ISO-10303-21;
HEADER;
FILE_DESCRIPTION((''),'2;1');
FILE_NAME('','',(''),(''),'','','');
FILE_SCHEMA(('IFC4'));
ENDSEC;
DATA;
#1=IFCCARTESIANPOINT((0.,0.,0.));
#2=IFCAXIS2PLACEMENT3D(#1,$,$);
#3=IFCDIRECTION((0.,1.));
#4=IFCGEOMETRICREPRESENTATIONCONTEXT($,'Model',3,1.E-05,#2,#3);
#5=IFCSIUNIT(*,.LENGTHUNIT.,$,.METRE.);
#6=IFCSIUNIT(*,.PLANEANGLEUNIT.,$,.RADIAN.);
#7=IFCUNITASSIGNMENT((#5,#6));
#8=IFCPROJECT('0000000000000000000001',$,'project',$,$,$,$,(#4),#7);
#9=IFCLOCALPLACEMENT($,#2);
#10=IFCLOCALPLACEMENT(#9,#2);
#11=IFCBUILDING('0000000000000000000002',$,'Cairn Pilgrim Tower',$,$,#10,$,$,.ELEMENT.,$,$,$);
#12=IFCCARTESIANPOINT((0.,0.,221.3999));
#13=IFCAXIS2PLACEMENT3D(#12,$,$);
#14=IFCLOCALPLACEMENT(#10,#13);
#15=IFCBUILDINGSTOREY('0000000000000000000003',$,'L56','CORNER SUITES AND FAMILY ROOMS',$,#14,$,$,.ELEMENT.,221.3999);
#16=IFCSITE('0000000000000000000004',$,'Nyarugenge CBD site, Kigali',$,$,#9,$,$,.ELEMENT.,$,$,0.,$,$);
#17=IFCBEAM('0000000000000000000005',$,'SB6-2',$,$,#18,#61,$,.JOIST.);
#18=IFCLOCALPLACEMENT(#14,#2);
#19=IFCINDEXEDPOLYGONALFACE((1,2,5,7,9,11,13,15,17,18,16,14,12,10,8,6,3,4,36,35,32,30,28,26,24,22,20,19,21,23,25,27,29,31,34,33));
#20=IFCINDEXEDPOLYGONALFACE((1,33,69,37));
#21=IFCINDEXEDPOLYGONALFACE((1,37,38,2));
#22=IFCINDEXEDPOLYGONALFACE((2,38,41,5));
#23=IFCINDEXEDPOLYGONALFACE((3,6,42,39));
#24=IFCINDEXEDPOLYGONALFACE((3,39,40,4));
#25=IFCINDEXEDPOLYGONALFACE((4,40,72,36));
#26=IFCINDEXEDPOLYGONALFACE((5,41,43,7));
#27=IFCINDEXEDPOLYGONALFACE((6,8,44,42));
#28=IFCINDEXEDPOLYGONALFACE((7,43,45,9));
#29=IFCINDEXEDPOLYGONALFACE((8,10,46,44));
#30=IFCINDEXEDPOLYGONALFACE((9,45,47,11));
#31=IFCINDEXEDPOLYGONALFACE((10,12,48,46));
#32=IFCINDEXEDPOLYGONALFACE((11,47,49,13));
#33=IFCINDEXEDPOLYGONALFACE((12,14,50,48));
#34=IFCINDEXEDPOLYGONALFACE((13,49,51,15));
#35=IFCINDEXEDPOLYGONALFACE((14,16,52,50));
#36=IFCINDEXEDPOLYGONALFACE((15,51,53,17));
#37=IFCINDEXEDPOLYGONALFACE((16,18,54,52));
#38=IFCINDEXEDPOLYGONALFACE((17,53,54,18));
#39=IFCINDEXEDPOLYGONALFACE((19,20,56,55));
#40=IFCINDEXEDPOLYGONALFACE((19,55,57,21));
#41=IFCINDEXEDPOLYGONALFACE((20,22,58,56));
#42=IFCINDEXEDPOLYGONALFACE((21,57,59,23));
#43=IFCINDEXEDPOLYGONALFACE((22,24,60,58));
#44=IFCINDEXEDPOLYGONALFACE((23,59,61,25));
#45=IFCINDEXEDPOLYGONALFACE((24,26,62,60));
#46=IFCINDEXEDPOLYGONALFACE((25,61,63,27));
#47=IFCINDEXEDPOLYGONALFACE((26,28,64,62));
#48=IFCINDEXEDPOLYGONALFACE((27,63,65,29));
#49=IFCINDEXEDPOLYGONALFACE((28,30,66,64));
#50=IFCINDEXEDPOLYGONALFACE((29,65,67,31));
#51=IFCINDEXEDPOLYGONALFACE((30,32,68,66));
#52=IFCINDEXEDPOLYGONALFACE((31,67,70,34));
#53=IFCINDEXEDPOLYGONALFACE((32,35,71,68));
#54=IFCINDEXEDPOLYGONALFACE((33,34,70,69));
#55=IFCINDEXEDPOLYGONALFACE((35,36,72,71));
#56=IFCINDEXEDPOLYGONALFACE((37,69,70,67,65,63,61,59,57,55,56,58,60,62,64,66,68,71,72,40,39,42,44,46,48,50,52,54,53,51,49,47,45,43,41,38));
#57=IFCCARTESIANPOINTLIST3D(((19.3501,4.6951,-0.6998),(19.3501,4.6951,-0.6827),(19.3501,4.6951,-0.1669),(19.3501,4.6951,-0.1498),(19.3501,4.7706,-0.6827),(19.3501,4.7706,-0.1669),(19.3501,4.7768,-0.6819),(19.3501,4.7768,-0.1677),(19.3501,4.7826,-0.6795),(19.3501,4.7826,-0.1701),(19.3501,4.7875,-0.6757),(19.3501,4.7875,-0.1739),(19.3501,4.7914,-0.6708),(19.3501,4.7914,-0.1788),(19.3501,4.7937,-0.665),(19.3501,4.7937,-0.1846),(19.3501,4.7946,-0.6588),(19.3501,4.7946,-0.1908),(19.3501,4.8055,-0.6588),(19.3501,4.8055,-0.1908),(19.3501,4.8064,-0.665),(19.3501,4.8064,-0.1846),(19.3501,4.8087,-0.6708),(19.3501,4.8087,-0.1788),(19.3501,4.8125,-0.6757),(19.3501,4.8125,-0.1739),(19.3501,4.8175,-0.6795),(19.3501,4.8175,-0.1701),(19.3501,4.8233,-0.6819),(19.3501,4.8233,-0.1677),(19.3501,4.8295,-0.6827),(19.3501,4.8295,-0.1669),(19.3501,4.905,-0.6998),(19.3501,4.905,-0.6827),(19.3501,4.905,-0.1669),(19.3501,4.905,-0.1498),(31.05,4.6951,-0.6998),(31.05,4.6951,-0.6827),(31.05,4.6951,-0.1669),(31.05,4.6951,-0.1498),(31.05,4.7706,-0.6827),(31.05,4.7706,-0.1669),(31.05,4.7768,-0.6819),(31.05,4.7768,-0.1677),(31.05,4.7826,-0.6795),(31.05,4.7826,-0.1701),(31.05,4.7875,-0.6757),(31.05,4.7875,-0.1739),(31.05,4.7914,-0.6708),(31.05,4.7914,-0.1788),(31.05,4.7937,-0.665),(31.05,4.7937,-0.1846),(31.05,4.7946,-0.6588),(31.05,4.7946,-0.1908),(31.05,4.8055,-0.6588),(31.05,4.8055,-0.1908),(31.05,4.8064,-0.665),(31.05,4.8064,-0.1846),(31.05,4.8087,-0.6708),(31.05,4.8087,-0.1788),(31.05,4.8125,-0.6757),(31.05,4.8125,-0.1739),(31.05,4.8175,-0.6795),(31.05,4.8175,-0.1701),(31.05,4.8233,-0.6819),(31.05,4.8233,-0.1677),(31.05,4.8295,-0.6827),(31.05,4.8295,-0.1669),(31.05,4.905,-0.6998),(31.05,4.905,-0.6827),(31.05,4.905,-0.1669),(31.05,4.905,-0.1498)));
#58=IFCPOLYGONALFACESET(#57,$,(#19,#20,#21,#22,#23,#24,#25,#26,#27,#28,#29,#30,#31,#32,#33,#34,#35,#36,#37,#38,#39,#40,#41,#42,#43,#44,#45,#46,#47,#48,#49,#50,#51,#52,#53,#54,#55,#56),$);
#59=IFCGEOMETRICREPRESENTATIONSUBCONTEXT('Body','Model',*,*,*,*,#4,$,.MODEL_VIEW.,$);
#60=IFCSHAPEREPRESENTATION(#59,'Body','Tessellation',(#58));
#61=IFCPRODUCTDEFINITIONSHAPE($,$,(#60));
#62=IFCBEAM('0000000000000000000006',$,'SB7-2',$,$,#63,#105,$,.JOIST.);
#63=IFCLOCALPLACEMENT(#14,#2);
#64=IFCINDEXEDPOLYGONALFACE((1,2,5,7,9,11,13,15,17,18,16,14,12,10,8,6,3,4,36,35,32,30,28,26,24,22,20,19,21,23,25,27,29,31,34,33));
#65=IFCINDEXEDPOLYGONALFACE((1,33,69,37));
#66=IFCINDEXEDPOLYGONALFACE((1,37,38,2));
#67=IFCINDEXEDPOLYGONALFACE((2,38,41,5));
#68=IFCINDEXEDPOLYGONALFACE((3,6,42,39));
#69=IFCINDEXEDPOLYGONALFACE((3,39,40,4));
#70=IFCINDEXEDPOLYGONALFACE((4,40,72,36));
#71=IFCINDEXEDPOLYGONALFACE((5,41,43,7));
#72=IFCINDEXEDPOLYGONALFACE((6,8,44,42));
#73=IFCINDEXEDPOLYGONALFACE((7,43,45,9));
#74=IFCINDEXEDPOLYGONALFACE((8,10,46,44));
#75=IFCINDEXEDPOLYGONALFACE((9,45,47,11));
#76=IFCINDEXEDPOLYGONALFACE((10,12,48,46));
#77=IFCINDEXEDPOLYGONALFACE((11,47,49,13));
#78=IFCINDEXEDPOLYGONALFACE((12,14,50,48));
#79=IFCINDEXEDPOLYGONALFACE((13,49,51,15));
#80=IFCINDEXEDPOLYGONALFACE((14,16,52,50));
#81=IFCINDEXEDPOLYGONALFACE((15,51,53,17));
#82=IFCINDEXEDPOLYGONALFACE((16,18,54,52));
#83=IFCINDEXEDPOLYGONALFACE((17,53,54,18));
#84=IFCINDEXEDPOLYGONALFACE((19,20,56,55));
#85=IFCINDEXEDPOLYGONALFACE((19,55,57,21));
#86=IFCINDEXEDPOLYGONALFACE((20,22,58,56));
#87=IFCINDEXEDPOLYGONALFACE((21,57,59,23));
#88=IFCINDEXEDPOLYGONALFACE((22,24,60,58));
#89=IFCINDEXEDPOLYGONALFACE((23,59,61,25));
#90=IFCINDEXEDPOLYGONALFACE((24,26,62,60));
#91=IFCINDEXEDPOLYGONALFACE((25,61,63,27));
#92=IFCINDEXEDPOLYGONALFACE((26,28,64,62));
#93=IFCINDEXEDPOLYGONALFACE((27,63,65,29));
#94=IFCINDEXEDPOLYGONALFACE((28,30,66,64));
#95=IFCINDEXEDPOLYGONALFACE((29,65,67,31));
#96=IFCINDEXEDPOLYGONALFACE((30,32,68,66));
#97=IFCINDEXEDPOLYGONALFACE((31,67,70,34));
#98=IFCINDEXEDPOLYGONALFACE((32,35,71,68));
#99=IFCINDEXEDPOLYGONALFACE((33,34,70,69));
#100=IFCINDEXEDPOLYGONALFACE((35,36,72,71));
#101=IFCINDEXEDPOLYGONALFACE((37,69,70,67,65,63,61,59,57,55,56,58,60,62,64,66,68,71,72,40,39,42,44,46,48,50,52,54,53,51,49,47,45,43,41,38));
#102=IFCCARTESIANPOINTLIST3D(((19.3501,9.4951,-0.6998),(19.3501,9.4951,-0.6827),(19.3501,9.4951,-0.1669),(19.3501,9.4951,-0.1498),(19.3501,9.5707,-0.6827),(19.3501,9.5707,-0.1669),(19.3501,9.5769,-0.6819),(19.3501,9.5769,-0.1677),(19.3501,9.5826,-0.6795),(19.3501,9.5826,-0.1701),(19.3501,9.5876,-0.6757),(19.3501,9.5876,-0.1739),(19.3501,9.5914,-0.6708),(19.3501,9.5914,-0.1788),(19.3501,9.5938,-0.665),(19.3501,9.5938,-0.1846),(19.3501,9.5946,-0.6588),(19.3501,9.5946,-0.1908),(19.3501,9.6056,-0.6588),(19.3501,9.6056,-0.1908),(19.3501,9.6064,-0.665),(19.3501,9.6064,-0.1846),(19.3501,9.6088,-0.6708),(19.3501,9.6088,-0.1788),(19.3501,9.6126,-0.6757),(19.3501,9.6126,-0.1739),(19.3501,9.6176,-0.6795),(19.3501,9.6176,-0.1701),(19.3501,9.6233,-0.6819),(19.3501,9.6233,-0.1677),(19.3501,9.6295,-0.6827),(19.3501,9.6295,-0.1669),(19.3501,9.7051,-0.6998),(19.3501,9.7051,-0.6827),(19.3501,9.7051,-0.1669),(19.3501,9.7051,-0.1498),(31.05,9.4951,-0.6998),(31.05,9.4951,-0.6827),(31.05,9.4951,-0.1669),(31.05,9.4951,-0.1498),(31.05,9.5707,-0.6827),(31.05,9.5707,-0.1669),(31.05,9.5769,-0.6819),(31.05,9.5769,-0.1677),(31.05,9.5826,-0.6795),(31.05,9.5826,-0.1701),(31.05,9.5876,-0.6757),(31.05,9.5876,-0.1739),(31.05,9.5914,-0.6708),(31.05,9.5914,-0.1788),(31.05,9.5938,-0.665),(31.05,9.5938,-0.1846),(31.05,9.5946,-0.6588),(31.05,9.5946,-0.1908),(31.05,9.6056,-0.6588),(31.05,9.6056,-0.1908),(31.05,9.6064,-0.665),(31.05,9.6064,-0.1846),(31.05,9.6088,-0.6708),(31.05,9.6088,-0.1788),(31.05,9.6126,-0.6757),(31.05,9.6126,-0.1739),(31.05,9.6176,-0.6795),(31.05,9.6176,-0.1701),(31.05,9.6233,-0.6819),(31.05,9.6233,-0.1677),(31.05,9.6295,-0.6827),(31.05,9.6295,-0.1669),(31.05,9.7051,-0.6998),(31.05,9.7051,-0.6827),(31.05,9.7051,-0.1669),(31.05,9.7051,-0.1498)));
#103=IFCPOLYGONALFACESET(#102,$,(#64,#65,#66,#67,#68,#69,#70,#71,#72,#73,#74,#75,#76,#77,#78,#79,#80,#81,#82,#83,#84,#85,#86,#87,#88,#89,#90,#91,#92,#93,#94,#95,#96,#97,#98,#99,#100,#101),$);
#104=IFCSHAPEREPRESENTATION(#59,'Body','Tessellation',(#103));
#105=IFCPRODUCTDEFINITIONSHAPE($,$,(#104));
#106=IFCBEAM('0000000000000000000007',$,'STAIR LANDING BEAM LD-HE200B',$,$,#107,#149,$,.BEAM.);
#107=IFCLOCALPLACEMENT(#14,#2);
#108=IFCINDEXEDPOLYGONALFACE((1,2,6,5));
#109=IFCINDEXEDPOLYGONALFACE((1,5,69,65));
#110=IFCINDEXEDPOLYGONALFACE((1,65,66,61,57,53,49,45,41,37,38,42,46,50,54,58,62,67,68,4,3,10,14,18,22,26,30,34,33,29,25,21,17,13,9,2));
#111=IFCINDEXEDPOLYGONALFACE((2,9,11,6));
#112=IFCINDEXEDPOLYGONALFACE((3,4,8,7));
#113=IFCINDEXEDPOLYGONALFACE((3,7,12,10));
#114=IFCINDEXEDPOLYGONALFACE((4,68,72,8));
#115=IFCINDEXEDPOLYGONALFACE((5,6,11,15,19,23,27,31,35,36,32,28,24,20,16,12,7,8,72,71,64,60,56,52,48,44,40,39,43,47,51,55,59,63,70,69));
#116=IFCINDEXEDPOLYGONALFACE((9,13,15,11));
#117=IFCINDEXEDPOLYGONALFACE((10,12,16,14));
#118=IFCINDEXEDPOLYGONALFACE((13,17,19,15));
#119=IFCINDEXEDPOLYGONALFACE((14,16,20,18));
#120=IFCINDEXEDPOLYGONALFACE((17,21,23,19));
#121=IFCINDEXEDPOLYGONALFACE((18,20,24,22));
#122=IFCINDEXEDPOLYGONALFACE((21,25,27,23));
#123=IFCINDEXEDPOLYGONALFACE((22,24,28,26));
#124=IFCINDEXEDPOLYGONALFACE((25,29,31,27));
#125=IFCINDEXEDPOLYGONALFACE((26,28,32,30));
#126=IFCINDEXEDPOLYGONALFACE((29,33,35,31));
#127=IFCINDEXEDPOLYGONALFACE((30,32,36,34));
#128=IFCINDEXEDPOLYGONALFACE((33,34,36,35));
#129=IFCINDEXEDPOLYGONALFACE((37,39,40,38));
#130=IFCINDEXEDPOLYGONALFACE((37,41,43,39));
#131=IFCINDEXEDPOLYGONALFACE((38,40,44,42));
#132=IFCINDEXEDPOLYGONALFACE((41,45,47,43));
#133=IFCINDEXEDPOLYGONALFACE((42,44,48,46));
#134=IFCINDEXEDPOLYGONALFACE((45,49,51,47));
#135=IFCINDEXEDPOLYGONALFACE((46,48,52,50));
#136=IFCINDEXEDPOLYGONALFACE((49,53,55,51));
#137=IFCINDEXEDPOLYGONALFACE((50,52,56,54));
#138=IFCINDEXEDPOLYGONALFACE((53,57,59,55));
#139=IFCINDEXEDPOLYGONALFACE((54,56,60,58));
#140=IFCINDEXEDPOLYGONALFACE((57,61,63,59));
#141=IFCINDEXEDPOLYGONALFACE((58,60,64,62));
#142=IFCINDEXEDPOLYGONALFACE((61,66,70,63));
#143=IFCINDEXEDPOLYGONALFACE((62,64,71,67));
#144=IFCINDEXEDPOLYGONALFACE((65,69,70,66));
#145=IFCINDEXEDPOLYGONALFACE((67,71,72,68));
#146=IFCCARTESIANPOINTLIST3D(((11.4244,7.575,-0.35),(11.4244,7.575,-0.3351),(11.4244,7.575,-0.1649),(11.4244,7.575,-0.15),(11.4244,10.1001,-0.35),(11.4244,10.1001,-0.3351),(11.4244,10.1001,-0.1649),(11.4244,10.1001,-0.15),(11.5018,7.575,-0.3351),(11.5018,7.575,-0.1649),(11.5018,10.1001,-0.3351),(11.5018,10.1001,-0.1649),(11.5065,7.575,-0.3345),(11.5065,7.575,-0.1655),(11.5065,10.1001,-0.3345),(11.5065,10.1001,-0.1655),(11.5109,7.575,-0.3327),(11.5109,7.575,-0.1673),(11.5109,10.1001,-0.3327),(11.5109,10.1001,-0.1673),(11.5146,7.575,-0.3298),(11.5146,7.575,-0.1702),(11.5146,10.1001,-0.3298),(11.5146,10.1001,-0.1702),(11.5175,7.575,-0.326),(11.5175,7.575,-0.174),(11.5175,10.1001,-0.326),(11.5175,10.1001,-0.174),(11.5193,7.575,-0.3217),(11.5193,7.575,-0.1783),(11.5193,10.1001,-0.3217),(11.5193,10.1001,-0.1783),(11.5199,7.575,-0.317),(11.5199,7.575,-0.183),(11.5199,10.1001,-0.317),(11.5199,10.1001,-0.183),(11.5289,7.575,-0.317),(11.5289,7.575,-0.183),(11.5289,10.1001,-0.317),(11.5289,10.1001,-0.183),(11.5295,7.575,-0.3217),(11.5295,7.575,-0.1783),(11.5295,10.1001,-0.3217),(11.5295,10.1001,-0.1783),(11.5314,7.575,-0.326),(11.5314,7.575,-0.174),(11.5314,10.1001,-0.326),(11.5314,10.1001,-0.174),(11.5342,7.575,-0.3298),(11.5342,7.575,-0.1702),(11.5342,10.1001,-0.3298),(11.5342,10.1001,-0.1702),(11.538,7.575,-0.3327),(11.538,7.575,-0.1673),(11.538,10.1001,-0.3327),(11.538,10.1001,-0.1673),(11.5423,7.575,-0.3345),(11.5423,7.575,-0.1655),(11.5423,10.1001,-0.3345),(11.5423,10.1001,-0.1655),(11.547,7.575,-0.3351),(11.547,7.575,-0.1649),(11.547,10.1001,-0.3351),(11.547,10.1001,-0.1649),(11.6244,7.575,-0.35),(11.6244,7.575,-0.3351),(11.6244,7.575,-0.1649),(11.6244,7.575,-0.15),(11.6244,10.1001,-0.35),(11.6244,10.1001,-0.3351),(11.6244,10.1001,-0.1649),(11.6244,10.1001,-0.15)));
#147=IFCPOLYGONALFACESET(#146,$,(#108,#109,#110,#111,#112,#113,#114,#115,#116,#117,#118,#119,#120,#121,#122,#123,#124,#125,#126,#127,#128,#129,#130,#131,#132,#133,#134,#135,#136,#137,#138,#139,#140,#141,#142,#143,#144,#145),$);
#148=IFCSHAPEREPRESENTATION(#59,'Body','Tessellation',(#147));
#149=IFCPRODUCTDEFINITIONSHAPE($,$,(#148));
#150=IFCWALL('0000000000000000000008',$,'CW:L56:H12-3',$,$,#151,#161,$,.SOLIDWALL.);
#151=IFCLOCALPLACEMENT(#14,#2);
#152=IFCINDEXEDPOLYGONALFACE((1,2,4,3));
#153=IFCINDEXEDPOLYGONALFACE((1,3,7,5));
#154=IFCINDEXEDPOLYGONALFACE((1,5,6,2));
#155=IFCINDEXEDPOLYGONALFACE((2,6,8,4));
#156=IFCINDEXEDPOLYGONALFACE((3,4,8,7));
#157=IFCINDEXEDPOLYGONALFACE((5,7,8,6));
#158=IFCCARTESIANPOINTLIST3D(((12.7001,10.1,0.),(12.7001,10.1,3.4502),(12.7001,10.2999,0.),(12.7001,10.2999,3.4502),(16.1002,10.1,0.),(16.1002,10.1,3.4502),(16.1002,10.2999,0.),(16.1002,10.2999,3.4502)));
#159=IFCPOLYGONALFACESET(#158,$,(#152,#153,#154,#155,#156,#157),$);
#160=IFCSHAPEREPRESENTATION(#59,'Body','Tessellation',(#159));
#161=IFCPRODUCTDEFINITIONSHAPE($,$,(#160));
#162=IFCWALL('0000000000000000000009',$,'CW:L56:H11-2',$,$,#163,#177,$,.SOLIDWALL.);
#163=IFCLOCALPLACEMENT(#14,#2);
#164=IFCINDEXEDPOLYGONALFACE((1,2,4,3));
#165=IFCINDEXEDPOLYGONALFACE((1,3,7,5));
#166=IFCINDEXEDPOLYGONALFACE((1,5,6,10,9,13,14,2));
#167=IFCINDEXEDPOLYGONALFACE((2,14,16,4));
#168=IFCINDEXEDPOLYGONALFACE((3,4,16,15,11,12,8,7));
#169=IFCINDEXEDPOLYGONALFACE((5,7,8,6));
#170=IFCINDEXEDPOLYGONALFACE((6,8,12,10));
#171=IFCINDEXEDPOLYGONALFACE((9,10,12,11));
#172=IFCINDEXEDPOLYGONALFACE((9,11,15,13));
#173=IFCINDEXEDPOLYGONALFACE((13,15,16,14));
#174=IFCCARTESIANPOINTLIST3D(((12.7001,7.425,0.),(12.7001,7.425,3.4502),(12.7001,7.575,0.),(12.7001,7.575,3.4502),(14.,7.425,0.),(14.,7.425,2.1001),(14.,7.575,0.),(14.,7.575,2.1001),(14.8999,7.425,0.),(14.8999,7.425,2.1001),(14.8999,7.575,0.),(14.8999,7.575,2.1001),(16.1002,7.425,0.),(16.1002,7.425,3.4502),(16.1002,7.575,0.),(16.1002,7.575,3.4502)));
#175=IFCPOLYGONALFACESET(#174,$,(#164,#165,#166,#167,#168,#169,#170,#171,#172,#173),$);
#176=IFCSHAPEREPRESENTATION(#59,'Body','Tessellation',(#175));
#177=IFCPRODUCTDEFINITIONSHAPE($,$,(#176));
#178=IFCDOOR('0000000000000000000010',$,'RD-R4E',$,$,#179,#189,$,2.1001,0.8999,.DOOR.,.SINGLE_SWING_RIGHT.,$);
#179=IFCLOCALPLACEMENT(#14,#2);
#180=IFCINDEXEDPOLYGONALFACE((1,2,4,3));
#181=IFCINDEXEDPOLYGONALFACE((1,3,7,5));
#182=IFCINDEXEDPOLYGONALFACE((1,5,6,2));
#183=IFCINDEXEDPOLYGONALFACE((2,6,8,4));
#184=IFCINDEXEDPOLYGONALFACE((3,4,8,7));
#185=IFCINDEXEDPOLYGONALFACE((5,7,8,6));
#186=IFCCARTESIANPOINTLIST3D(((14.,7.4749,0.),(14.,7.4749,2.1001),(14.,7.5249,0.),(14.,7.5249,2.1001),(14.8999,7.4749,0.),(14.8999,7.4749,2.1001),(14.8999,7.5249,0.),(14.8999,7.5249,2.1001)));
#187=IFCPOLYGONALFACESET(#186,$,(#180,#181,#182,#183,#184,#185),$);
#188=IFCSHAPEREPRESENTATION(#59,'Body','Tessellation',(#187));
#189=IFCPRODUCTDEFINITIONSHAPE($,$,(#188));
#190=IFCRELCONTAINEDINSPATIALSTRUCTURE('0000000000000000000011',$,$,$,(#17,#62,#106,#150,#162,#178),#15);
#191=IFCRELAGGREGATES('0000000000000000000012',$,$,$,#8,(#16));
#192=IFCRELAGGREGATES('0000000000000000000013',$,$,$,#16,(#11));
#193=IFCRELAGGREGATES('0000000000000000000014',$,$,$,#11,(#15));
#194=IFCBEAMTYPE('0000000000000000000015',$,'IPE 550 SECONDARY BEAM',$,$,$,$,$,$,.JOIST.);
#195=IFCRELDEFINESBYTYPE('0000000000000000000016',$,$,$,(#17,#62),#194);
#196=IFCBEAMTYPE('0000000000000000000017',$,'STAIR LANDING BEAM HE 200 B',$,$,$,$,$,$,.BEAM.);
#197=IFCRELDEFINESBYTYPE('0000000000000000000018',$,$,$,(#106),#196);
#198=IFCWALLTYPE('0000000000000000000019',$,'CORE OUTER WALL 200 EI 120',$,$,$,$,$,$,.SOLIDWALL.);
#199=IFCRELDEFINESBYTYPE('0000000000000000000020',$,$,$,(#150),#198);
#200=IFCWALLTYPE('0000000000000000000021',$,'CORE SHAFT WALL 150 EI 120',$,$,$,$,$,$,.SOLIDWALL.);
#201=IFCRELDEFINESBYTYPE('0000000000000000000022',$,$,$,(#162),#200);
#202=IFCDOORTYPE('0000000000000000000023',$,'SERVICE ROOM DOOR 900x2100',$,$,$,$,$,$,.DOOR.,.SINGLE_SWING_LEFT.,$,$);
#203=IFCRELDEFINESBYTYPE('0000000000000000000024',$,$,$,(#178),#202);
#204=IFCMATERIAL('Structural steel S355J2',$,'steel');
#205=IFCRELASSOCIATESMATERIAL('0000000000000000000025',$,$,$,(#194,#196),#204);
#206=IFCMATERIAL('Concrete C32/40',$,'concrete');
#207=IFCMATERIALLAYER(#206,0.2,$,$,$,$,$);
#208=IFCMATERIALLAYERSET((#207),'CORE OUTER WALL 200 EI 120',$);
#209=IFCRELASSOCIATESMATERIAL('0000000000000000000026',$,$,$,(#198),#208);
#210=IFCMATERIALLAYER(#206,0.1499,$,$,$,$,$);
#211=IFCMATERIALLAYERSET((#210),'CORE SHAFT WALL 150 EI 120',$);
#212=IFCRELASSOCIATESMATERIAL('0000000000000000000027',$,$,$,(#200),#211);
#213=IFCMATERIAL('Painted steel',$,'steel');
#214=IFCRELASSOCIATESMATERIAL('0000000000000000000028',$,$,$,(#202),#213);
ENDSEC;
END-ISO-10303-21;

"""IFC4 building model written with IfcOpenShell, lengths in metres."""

from ifc_helpers import new_model, si_unit, direction, frame, frame_2d, origin, origin_2d, place, context, subcontext, project, spatial, rectangle, i_section, extrude, material, layer, layer_set, material_profile, profile_set, type_object, element, fill, save


model = new_model("IFC4")

# Units and contexts
model_context = context("Model", 3, precision=1e-05, world=origin(), true_north=direction((0.0, 1.0)))
body_context = subcontext(model_context, "Body", "Model", "MODEL_VIEW")
ifc_project = project(units=[si_unit("LENGTHUNIT", "METRE"), si_unit("PLANEANGLEUNIT", "RADIAN")], contexts=[model_context])

# Site, building, storey
site_placement = place(None, origin())
site = spatial("IfcSite", under=ifc_project, at=site_placement, Name="Nyarugenge CBD site, Kigali", CompositionType="ELEMENT", RefElevation=0.0)
building_placement = place(site_placement, origin())
building = spatial("IfcBuilding", under=site, at=building_placement, Name="Cairn Pilgrim Tower", CompositionType="ELEMENT")
storey_placement = place(building_placement, frame((0.0, 0.0, 221.3999)))
storey = spatial("IfcBuildingStorey", under=building, at=storey_placement, Name="L56", Description="CORNER SUITES AND FAMILY ROOMS", CompositionType="ELEMENT", Elevation=221.3999)

# Shared definitions
ifc_material_1 = material(Name="Structural steel S355J2", Category="steel")

# Beams
ifc_material_profile_1 = material_profile(ifc_material_1, i_section(OverallWidth=0.21, OverallDepth=0.55, WebThickness=0.011, FlangeThickness=0.0171, FilletRadius=0.0239, at=origin_2d()), Name="IPE 550")
ifc_profile_set_1 = profile_set([ifc_material_profile_1], Name="Structural steel S355J2")
beam_type_1 = type_object("IfcBeamType", Name="IPE 550 SECONDARY BEAM", PredefinedType="JOIST", material=ifc_profile_set_1)
for number, where, z_axis, x_axis, name in (
    (1, (19.3501, 4.8, -0.4248), (1.0, 0.0, 0.0), (0.0, 1.0, 0.0), "SB6-2"),
    (2, (19.3501, 9.6001, -0.4248), (1.0, 0.0, 0.0), (0.0, 1.0, 0.0), "SB7-2"),
):
    element("IfcBeam", number, at=place(storey_placement, frame(where, z_axis=z_axis, x_axis=x_axis)), inside=storey, type_object=beam_type_1, Name=name, PredefinedType="JOIST", context=body_context, shape_type="SweptSolid", body=[
        extrude(i_section(OverallWidth=0.21, OverallDepth=0.55, WebThickness=0.011, FlangeThickness=0.0171, FilletRadius=0.0239, at=origin_2d()), origin(), (0.0, 0.0, 1.0), 11.7),
    ])
ifc_material_profile_2 = material_profile(ifc_material_1, i_section(OverallWidth=0.2, OverallDepth=0.2, WebThickness=0.009, FlangeThickness=0.0149, FilletRadius=0.0181, at=origin_2d()), Name="HE 200 B")
ifc_profile_set_2 = profile_set([ifc_material_profile_2], Name="Structural steel S355J2")
beam_type_2 = type_object("IfcBeamType", Name="STAIR LANDING BEAM HE 200 B", PredefinedType="BEAM", material=ifc_profile_set_2)
beam_1_placement = place(storey_placement, frame((11.5244, 10.1001, -0.25), z_axis=(0.0, -1.0, 0.0), x_axis=(1.0, 0.0, 0.0)))
element("IfcBeam", 3, at=beam_1_placement, inside=storey, type_object=beam_type_2, Name="STAIR LANDING BEAM LD-HE200B", PredefinedType="BEAM", context=body_context, shape_type="SweptSolid", body=[
    extrude(i_section(OverallWidth=0.2, OverallDepth=0.2, WebThickness=0.009, FlangeThickness=0.0149, FilletRadius=0.0181, at=origin_2d()), origin(), (0.0, 0.0, 1.0), 2.5251),
])

# Wall
ifc_material_2 = material(Name="Concrete C32/40", Category="concrete")
ifc_layer_1 = layer(ifc_material_2, 0.2)
ifc_layer_set_1 = layer_set([ifc_layer_1], Name="CORE OUTER WALL 200 EI 120")
wall_type_1 = type_object("IfcWallType", Name="CORE OUTER WALL 200 EI 120", PredefinedType="SOLIDWALL", material=ifc_layer_set_1)
wall_1_placement = place(storey_placement, frame((12.7, 10.2, 0.0), z_axis=(0.0, 0.0, 1.0), x_axis=(1.0, 0.0, 0.0)))
element("IfcWall", 4, at=wall_1_placement, inside=storey, type_object=wall_type_1, Name="CW:L56:H12-3", PredefinedType="SOLIDWALL", context=body_context, shape_type="SweptSolid", body=[
    extrude(rectangle(XDim=3.4001, YDim=0.2, at=frame_2d((1.7002, 0.0))), origin(), (0.0, 0.0, 1.0), 3.4502),
])

# Wall, opening, door
ifc_layer_2 = layer(ifc_material_2, 0.1499)
ifc_layer_set_2 = layer_set([ifc_layer_2], Name="CORE SHAFT WALL 150 EI 120")
wall_type_2 = type_object("IfcWallType", Name="CORE SHAFT WALL 150 EI 120", PredefinedType="SOLIDWALL", material=ifc_layer_set_2)
wall_2_placement = place(storey_placement, frame((12.7, 7.5, 0.0), z_axis=(0.0, 0.0, 1.0), x_axis=(1.0, 0.0, 0.0)))
wall_2 = element("IfcWall", 5, at=wall_2_placement, inside=storey, type_object=wall_type_2, Name="CW:L56:H11-2", PredefinedType="SOLIDWALL", context=body_context, shape_type="SweptSolid", body=[
    extrude(rectangle(XDim=3.4001, YDim=0.1499, at=frame_2d((1.7002, 0.0))), origin(), (0.0, 0.0, 1.0), 3.4502),
])
opening_1_placement = place(wall_2_placement, frame((1.3, 0.0, 0.0)))
opening_1 = element("IfcOpeningElement", 6, at=opening_1_placement, cuts=wall_2, PredefinedType="OPENING", context=body_context, shape_type="SweptSolid", body=[
    extrude(rectangle(XDim=0.8999, YDim=2.1001, at=frame_2d((0.45, 1.05))), frame((0.0, 0.085, 0.0), z_axis=(0.0, -1.0, 0.0), x_axis=(1.0, 0.0, 0.0)), (0.0, 0.0, 1.0), 0.1699),
])
ifc_material_3 = material(Name="Painted steel", Category="steel")
door_type_1 = type_object("IfcDoorType", Name="SERVICE ROOM DOOR 900x2100", OperationType="SINGLE_SWING_LEFT", PredefinedType="DOOR", material=ifc_material_3)
door_1_placement = place(opening_1_placement, origin())
door_1 = element("IfcDoor", 7, at=door_1_placement, inside=storey, type_object=door_type_1, Name="RD-R4E", OperationType="SINGLE_SWING_RIGHT", OverallHeight=2.1001, OverallWidth=0.8999, PredefinedType="DOOR", context=body_context, shape_type="SweptSolid", body=[
    extrude(rectangle(XDim=0.8999, YDim=2.1001, at=frame_2d((0.45, 1.05))), frame((0.0, 0.0249, 0.0), z_axis=(0.0, -1.0, 0.0), x_axis=(1.0, 0.0, 0.0)), (0.0, 0.0, 1.0), 0.05),
])
fill(opening_1, door_1)

save(model, "model.ifc")
